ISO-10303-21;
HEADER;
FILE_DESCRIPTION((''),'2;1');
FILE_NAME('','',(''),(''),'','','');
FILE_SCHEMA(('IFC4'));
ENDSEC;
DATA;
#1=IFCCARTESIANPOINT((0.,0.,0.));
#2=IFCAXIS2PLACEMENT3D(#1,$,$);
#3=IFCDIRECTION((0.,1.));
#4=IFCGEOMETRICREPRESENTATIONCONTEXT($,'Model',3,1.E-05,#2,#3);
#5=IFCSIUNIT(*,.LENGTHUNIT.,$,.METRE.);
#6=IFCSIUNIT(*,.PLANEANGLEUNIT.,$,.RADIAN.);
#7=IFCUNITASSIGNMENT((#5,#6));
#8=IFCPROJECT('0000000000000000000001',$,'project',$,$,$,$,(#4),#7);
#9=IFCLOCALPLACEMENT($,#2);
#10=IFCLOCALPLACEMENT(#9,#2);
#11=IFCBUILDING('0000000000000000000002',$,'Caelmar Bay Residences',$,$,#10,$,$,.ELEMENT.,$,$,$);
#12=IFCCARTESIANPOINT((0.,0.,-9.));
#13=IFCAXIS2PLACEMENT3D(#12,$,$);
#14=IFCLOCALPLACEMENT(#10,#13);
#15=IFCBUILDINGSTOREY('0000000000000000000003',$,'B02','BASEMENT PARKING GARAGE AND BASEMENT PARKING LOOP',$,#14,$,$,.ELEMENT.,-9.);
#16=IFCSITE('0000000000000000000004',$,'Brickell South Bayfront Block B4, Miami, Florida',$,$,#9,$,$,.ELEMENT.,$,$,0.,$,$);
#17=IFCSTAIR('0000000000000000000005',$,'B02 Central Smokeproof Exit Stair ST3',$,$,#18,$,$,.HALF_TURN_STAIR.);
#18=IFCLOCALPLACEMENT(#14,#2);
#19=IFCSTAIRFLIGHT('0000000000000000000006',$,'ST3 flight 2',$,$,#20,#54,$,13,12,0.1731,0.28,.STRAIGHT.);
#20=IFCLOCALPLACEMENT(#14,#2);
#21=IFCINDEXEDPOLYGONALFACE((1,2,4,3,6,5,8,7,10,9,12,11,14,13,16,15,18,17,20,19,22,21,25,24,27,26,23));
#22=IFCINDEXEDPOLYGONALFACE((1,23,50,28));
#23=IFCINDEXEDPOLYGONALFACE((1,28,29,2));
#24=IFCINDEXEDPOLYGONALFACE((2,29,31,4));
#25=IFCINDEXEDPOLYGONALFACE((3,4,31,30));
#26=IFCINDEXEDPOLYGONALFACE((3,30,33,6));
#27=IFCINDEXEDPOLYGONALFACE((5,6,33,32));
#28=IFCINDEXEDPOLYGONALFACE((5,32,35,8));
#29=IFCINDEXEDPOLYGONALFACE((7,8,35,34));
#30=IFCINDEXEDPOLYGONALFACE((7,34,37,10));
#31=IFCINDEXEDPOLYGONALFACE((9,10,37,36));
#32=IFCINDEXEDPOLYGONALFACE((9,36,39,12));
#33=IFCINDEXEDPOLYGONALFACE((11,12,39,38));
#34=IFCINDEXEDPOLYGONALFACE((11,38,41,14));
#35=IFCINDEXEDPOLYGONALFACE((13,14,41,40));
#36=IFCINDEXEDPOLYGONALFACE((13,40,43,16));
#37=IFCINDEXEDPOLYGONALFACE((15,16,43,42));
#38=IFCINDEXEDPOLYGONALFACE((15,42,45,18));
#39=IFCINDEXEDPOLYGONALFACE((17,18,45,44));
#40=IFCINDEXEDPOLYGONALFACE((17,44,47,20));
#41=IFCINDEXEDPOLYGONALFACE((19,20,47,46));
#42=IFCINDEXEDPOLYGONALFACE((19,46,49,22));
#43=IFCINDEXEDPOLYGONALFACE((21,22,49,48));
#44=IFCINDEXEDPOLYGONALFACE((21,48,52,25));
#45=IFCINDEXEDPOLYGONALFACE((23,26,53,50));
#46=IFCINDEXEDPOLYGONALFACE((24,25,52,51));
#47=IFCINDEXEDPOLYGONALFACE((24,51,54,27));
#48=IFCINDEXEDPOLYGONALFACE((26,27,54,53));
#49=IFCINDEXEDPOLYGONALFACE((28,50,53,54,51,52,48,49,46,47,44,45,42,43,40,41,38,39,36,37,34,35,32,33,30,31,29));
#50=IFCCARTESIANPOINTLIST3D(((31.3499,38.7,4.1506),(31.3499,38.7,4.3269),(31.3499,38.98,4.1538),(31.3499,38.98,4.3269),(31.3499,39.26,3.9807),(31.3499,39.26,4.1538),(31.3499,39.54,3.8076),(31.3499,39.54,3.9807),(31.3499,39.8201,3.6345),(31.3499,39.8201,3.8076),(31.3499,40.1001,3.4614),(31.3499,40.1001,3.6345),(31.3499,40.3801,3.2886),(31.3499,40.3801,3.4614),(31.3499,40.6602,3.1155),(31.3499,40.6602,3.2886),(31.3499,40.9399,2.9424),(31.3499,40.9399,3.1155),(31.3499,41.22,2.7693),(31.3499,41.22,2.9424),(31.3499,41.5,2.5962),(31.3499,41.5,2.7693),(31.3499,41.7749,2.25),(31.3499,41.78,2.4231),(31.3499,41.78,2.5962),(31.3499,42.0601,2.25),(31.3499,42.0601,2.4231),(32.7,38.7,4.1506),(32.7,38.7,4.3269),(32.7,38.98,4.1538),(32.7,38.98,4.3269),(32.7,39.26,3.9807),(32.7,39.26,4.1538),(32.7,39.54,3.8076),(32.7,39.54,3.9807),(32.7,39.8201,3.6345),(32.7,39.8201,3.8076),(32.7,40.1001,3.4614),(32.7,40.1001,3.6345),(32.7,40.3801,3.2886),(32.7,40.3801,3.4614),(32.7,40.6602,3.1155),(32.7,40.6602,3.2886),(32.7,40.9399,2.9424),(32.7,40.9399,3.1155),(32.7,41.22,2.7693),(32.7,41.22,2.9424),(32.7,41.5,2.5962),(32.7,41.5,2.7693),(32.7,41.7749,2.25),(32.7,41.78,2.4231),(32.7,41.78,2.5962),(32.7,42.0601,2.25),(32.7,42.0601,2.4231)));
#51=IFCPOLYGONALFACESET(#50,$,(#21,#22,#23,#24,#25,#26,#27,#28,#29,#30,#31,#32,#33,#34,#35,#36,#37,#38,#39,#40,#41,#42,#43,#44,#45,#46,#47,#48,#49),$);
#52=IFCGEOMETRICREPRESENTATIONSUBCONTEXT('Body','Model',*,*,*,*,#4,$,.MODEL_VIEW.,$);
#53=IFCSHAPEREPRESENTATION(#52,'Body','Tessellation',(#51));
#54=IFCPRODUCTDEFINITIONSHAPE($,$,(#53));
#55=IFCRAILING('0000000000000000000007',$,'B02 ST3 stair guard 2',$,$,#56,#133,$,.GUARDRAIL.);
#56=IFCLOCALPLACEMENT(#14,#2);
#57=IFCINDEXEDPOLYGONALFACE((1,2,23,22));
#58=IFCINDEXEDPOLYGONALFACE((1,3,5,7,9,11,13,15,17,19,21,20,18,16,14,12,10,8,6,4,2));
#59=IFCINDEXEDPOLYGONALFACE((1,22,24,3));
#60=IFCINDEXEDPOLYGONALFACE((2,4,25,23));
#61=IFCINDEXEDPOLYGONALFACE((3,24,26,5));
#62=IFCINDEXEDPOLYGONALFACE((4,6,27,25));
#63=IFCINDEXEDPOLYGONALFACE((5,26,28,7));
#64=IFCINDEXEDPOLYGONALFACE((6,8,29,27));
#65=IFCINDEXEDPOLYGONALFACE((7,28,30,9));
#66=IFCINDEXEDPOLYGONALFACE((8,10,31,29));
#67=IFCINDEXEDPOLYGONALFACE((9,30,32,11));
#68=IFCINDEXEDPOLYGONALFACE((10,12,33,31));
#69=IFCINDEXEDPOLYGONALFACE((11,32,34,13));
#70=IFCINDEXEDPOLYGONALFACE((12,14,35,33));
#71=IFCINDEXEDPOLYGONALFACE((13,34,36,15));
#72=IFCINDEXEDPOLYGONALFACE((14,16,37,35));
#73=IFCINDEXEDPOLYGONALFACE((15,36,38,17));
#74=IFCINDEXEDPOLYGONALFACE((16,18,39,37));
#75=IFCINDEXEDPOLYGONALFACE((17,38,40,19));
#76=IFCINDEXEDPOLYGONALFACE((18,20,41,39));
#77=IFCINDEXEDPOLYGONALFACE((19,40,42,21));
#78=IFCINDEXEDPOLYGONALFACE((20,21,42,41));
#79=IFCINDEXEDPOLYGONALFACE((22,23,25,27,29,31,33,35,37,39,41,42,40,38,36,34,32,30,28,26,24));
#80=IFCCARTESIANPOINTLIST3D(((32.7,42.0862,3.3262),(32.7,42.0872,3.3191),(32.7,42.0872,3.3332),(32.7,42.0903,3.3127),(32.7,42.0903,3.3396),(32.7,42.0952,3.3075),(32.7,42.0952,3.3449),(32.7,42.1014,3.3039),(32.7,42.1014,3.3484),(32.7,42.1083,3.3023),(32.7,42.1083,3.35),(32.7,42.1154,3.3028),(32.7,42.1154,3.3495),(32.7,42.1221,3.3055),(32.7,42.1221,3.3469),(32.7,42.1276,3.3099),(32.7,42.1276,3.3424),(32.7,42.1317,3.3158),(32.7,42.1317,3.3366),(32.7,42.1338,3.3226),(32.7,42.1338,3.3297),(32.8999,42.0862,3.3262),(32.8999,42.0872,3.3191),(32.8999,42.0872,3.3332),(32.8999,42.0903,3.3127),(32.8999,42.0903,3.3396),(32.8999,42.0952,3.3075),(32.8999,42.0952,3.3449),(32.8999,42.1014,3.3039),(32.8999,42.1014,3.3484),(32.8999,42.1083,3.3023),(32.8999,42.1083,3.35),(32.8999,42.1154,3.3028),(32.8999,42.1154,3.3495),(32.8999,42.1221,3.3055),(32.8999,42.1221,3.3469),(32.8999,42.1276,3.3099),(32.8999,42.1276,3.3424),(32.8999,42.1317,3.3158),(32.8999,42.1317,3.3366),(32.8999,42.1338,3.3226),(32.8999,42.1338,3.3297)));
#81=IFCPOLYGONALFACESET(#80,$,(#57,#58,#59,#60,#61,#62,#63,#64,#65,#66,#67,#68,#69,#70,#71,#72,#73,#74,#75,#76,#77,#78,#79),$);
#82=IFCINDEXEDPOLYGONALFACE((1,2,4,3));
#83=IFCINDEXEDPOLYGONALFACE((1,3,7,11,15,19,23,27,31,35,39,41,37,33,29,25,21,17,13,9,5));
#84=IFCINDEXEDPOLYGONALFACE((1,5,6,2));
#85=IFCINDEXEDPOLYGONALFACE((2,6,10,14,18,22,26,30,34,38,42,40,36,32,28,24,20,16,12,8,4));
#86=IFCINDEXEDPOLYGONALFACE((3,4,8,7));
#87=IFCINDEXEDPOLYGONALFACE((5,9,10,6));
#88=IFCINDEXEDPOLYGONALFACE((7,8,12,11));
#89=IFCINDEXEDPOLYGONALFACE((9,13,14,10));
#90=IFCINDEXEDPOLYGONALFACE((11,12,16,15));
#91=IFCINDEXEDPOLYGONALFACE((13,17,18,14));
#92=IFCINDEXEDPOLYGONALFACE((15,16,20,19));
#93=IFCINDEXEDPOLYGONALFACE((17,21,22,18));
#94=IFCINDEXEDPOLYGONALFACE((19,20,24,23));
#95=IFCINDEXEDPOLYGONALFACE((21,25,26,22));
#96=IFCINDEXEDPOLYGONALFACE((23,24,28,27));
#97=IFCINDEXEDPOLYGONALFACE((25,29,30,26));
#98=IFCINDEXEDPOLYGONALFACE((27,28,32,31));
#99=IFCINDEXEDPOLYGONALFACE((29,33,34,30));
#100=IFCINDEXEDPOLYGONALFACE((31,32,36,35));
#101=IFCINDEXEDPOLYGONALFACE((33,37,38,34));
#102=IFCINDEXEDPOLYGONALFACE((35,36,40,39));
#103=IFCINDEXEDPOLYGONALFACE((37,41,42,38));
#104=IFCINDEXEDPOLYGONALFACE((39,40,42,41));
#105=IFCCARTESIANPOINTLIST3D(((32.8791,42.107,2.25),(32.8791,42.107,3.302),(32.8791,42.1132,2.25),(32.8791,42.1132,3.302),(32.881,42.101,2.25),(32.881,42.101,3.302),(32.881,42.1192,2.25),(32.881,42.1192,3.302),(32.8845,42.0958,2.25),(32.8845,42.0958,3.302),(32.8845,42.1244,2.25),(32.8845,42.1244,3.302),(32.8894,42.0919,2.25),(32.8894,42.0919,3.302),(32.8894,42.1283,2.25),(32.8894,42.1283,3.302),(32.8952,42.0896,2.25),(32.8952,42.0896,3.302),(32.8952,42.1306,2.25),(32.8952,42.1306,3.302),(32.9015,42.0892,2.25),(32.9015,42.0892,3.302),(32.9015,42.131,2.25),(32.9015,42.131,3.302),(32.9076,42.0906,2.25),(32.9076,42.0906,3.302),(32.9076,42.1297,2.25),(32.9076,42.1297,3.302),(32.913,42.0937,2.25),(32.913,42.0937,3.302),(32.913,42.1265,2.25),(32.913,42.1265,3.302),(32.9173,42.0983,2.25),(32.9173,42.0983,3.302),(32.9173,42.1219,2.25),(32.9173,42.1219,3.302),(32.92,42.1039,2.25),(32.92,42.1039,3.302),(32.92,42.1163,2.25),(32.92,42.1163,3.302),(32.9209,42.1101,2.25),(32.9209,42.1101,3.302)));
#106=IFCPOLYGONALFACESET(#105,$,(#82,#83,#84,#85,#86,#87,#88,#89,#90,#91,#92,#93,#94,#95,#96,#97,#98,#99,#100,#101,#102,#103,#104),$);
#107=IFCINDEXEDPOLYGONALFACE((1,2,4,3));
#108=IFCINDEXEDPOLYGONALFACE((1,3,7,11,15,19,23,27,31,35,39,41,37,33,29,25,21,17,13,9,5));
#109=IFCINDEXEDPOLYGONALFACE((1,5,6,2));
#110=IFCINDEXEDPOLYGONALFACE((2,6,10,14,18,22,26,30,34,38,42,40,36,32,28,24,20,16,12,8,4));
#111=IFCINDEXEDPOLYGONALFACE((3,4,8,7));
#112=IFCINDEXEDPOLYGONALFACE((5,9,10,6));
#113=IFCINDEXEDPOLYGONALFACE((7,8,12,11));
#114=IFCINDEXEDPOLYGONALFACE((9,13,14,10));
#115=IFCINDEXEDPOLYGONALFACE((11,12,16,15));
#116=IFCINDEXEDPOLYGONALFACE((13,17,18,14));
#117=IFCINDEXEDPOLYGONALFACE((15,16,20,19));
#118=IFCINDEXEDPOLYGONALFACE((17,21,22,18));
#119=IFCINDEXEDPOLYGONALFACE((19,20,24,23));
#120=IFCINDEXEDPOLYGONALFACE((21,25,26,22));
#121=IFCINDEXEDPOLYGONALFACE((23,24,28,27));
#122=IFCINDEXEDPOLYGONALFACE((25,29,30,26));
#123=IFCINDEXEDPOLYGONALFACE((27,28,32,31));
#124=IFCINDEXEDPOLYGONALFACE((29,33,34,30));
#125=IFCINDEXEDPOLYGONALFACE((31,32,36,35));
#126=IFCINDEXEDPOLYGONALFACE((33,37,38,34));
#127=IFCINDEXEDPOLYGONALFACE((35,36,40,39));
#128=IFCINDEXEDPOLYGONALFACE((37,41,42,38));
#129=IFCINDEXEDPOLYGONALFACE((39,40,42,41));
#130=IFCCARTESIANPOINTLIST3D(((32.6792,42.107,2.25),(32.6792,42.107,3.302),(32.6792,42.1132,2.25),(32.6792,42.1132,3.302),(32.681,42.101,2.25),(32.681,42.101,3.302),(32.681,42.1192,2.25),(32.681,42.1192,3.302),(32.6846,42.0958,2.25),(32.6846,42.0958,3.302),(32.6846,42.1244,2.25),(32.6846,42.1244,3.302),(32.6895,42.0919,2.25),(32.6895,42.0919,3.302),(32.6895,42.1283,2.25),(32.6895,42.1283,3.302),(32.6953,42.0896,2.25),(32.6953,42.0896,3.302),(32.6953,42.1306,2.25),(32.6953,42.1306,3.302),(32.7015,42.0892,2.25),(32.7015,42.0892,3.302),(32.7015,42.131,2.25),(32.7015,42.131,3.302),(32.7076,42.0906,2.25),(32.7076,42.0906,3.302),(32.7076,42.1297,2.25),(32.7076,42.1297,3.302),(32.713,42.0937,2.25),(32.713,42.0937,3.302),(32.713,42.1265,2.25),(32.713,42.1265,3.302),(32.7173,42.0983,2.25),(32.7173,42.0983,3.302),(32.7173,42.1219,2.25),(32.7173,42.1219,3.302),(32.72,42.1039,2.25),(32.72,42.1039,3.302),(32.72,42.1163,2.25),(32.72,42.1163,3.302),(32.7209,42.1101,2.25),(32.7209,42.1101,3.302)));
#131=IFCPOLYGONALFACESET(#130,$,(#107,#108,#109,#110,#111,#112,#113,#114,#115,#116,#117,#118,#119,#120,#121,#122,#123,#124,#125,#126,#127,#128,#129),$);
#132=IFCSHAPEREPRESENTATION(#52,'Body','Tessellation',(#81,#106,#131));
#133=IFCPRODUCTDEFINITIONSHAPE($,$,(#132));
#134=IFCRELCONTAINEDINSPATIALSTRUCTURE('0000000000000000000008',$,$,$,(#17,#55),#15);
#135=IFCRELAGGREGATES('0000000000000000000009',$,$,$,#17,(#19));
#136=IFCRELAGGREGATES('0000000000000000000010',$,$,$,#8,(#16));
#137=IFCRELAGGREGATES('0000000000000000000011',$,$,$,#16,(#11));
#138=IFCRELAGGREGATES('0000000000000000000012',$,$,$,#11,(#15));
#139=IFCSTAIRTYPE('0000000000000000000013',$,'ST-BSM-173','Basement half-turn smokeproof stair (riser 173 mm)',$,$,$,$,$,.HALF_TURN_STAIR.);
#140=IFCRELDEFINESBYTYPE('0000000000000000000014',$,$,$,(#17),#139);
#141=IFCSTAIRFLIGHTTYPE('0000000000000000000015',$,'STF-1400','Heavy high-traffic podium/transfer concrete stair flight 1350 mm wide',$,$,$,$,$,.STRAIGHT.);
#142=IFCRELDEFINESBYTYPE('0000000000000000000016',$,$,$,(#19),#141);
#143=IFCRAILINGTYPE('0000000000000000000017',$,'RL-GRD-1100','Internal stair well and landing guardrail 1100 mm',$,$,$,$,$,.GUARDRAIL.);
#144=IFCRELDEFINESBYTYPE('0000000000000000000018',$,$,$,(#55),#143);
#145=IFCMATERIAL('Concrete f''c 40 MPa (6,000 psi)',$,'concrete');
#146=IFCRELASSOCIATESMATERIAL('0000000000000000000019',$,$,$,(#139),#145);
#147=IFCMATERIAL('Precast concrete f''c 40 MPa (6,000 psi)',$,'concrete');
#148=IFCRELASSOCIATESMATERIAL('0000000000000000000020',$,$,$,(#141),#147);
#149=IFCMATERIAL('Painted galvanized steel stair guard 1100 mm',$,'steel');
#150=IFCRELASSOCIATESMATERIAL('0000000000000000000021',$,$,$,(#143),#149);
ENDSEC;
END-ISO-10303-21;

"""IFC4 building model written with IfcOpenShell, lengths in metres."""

from ifc_helpers import new_model, si_unit, direction, frame, origin, origin_2d, place, context, subcontext, project, spatial, polyline, circle, outline, extrude, material, type_object, element, aggregate, save


model = new_model("IFC4")

# Units and contexts
model_context = context("Model", 3, precision=1e-05, world=origin(), true_north=direction((0.0, 1.0)))
body_context = subcontext(model_context, "Body", "Model", "MODEL_VIEW")
ifc_project = project(units=[si_unit("LENGTHUNIT", "METRE"), si_unit("PLANEANGLEUNIT", "RADIAN")], contexts=[model_context])

# Site, building, storey
site_placement = place(None, origin())
site = spatial("IfcSite", under=ifc_project, at=site_placement, Name="Brickell South Bayfront Block B4, Miami, Florida", CompositionType="ELEMENT", RefElevation=0.0)
building_placement = place(site_placement, origin())
building = spatial("IfcBuilding", under=site, at=building_placement, Name="Caelmar Bay Residences", CompositionType="ELEMENT")
storey_placement = place(building_placement, frame((0.0, 0.0, -9.0)))
storey = spatial("IfcBuildingStorey", under=building, at=storey_placement, Name="B02", Description="BASEMENT PARKING GARAGE AND BASEMENT PARKING LOOP", CompositionType="ELEMENT", Elevation=-9.0)

# Stair, stair flight
ifc_material_1 = material(Name="Concrete f'c 40 MPa (6,000 psi)", Category="concrete")
stair_type = type_object("IfcStairType", Name="ST-BSM-173", Description="Basement half-turn smokeproof stair (riser 173 mm)", PredefinedType="HALF_TURN_STAIR", material=ifc_material_1)
stair_placement = place(storey_placement, origin())
stair = element("IfcStair", 1, at=stair_placement, inside=storey, type_object=stair_type, Name="B02 Central Smokeproof Exit Stair ST3", PredefinedType="HALF_TURN_STAIR")
ifc_material_2 = material(Name="Precast concrete f'c 40 MPa (6,000 psi)", Category="concrete")
stair_flight_type = type_object("IfcStairFlightType", Name="STF-1400", Description="Heavy high-traffic podium/transfer concrete stair flight 1350 mm wide", PredefinedType="STRAIGHT", material=ifc_material_2)
stair_flight_placement = place(storey_placement, frame((32.0249, 42.0601, 2.25), z_axis=(0.0, 0.0, 1.0), x_axis=(0.0, -1.0, 0.0)))
stair_flight = element("IfcStairFlight", 2, at=stair_flight_placement, type_object=stair_flight_type, Name="ST3 flight 2", NumberOfRisers=13, NumberOfTreads=12, PredefinedType="STRAIGHT", RiserHeight=0.1731, TreadLength=0.28, context=body_context, shape_type="SweptSolid", body=[
    extrude(outline(polyline([(0.0, 0.0), (0.0, 0.1731), (0.28, 0.1731), (0.28, 0.3462), (0.5601, 0.3462), (0.5601, 0.5193), (0.8401, 0.5193), (0.8401, 0.6924), (1.1201, 0.6924), (1.1201, 0.8655), (1.3999, 0.8655), (1.3999, 1.0386), (1.6799, 1.0386), (1.6799, 1.2114), (1.96, 1.2114), (1.96, 1.3845), (2.24, 1.3845), (2.24, 1.5576), (2.52, 1.5576), (2.52, 1.7307), (2.8, 1.7307), (2.8, 1.9038), (3.0801, 1.9038), (3.0801, 2.0769), (3.3601, 2.0769), (3.3601, 2.25), (3.3601, 1.9006), (0.2852, 0.0), (0.0, 0.0)])), frame((0.0, 0.675, 0.0), z_axis=(0.0, -1.0, 0.0), x_axis=(1.0, 0.0, 0.0)), (0.0, 0.0, 1.0), 1.3501),
])
aggregate(stair, [stair_flight])

# Railing
ifc_material_3 = material(Name="Painted galvanized steel stair guard 1100 mm", Category="steel")
railing_type_1 = type_object("IfcRailingType", Name="RL-GRD-1100", Description="Internal stair well and landing guardrail 1100 mm", PredefinedType="GUARDRAIL", material=ifc_material_3)
railing_1_placement = place(storey_placement, frame((32.8999, 42.1101, 2.25)))
element("IfcRailing", 3, at=railing_1_placement, inside=storey, type_object=railing_type_1, Name="B02 ST3 stair guard 2", PredefinedType="GUARDRAIL", context=body_context, shape_type="SweptSolid", body=[
    extrude(circle(Radius=0.0239, at=origin_2d()), frame((0.0, 0.0, 1.0762), z_axis=(-1.0, 0.0, 0.0), x_axis=(0.0, -1.0, 0.0)), (0.0, 0.0, 1.0), 0.2),
    extrude(circle(Radius=0.021, at=origin_2d()), origin(), (0.0, 0.0, 1.0), 1.052),
    extrude(circle(Radius=0.021, at=origin_2d()), frame((-0.2, 0.0, 0.0)), (0.0, 0.0, 1.0), 1.052),
])

save(model, "model.ifc")
